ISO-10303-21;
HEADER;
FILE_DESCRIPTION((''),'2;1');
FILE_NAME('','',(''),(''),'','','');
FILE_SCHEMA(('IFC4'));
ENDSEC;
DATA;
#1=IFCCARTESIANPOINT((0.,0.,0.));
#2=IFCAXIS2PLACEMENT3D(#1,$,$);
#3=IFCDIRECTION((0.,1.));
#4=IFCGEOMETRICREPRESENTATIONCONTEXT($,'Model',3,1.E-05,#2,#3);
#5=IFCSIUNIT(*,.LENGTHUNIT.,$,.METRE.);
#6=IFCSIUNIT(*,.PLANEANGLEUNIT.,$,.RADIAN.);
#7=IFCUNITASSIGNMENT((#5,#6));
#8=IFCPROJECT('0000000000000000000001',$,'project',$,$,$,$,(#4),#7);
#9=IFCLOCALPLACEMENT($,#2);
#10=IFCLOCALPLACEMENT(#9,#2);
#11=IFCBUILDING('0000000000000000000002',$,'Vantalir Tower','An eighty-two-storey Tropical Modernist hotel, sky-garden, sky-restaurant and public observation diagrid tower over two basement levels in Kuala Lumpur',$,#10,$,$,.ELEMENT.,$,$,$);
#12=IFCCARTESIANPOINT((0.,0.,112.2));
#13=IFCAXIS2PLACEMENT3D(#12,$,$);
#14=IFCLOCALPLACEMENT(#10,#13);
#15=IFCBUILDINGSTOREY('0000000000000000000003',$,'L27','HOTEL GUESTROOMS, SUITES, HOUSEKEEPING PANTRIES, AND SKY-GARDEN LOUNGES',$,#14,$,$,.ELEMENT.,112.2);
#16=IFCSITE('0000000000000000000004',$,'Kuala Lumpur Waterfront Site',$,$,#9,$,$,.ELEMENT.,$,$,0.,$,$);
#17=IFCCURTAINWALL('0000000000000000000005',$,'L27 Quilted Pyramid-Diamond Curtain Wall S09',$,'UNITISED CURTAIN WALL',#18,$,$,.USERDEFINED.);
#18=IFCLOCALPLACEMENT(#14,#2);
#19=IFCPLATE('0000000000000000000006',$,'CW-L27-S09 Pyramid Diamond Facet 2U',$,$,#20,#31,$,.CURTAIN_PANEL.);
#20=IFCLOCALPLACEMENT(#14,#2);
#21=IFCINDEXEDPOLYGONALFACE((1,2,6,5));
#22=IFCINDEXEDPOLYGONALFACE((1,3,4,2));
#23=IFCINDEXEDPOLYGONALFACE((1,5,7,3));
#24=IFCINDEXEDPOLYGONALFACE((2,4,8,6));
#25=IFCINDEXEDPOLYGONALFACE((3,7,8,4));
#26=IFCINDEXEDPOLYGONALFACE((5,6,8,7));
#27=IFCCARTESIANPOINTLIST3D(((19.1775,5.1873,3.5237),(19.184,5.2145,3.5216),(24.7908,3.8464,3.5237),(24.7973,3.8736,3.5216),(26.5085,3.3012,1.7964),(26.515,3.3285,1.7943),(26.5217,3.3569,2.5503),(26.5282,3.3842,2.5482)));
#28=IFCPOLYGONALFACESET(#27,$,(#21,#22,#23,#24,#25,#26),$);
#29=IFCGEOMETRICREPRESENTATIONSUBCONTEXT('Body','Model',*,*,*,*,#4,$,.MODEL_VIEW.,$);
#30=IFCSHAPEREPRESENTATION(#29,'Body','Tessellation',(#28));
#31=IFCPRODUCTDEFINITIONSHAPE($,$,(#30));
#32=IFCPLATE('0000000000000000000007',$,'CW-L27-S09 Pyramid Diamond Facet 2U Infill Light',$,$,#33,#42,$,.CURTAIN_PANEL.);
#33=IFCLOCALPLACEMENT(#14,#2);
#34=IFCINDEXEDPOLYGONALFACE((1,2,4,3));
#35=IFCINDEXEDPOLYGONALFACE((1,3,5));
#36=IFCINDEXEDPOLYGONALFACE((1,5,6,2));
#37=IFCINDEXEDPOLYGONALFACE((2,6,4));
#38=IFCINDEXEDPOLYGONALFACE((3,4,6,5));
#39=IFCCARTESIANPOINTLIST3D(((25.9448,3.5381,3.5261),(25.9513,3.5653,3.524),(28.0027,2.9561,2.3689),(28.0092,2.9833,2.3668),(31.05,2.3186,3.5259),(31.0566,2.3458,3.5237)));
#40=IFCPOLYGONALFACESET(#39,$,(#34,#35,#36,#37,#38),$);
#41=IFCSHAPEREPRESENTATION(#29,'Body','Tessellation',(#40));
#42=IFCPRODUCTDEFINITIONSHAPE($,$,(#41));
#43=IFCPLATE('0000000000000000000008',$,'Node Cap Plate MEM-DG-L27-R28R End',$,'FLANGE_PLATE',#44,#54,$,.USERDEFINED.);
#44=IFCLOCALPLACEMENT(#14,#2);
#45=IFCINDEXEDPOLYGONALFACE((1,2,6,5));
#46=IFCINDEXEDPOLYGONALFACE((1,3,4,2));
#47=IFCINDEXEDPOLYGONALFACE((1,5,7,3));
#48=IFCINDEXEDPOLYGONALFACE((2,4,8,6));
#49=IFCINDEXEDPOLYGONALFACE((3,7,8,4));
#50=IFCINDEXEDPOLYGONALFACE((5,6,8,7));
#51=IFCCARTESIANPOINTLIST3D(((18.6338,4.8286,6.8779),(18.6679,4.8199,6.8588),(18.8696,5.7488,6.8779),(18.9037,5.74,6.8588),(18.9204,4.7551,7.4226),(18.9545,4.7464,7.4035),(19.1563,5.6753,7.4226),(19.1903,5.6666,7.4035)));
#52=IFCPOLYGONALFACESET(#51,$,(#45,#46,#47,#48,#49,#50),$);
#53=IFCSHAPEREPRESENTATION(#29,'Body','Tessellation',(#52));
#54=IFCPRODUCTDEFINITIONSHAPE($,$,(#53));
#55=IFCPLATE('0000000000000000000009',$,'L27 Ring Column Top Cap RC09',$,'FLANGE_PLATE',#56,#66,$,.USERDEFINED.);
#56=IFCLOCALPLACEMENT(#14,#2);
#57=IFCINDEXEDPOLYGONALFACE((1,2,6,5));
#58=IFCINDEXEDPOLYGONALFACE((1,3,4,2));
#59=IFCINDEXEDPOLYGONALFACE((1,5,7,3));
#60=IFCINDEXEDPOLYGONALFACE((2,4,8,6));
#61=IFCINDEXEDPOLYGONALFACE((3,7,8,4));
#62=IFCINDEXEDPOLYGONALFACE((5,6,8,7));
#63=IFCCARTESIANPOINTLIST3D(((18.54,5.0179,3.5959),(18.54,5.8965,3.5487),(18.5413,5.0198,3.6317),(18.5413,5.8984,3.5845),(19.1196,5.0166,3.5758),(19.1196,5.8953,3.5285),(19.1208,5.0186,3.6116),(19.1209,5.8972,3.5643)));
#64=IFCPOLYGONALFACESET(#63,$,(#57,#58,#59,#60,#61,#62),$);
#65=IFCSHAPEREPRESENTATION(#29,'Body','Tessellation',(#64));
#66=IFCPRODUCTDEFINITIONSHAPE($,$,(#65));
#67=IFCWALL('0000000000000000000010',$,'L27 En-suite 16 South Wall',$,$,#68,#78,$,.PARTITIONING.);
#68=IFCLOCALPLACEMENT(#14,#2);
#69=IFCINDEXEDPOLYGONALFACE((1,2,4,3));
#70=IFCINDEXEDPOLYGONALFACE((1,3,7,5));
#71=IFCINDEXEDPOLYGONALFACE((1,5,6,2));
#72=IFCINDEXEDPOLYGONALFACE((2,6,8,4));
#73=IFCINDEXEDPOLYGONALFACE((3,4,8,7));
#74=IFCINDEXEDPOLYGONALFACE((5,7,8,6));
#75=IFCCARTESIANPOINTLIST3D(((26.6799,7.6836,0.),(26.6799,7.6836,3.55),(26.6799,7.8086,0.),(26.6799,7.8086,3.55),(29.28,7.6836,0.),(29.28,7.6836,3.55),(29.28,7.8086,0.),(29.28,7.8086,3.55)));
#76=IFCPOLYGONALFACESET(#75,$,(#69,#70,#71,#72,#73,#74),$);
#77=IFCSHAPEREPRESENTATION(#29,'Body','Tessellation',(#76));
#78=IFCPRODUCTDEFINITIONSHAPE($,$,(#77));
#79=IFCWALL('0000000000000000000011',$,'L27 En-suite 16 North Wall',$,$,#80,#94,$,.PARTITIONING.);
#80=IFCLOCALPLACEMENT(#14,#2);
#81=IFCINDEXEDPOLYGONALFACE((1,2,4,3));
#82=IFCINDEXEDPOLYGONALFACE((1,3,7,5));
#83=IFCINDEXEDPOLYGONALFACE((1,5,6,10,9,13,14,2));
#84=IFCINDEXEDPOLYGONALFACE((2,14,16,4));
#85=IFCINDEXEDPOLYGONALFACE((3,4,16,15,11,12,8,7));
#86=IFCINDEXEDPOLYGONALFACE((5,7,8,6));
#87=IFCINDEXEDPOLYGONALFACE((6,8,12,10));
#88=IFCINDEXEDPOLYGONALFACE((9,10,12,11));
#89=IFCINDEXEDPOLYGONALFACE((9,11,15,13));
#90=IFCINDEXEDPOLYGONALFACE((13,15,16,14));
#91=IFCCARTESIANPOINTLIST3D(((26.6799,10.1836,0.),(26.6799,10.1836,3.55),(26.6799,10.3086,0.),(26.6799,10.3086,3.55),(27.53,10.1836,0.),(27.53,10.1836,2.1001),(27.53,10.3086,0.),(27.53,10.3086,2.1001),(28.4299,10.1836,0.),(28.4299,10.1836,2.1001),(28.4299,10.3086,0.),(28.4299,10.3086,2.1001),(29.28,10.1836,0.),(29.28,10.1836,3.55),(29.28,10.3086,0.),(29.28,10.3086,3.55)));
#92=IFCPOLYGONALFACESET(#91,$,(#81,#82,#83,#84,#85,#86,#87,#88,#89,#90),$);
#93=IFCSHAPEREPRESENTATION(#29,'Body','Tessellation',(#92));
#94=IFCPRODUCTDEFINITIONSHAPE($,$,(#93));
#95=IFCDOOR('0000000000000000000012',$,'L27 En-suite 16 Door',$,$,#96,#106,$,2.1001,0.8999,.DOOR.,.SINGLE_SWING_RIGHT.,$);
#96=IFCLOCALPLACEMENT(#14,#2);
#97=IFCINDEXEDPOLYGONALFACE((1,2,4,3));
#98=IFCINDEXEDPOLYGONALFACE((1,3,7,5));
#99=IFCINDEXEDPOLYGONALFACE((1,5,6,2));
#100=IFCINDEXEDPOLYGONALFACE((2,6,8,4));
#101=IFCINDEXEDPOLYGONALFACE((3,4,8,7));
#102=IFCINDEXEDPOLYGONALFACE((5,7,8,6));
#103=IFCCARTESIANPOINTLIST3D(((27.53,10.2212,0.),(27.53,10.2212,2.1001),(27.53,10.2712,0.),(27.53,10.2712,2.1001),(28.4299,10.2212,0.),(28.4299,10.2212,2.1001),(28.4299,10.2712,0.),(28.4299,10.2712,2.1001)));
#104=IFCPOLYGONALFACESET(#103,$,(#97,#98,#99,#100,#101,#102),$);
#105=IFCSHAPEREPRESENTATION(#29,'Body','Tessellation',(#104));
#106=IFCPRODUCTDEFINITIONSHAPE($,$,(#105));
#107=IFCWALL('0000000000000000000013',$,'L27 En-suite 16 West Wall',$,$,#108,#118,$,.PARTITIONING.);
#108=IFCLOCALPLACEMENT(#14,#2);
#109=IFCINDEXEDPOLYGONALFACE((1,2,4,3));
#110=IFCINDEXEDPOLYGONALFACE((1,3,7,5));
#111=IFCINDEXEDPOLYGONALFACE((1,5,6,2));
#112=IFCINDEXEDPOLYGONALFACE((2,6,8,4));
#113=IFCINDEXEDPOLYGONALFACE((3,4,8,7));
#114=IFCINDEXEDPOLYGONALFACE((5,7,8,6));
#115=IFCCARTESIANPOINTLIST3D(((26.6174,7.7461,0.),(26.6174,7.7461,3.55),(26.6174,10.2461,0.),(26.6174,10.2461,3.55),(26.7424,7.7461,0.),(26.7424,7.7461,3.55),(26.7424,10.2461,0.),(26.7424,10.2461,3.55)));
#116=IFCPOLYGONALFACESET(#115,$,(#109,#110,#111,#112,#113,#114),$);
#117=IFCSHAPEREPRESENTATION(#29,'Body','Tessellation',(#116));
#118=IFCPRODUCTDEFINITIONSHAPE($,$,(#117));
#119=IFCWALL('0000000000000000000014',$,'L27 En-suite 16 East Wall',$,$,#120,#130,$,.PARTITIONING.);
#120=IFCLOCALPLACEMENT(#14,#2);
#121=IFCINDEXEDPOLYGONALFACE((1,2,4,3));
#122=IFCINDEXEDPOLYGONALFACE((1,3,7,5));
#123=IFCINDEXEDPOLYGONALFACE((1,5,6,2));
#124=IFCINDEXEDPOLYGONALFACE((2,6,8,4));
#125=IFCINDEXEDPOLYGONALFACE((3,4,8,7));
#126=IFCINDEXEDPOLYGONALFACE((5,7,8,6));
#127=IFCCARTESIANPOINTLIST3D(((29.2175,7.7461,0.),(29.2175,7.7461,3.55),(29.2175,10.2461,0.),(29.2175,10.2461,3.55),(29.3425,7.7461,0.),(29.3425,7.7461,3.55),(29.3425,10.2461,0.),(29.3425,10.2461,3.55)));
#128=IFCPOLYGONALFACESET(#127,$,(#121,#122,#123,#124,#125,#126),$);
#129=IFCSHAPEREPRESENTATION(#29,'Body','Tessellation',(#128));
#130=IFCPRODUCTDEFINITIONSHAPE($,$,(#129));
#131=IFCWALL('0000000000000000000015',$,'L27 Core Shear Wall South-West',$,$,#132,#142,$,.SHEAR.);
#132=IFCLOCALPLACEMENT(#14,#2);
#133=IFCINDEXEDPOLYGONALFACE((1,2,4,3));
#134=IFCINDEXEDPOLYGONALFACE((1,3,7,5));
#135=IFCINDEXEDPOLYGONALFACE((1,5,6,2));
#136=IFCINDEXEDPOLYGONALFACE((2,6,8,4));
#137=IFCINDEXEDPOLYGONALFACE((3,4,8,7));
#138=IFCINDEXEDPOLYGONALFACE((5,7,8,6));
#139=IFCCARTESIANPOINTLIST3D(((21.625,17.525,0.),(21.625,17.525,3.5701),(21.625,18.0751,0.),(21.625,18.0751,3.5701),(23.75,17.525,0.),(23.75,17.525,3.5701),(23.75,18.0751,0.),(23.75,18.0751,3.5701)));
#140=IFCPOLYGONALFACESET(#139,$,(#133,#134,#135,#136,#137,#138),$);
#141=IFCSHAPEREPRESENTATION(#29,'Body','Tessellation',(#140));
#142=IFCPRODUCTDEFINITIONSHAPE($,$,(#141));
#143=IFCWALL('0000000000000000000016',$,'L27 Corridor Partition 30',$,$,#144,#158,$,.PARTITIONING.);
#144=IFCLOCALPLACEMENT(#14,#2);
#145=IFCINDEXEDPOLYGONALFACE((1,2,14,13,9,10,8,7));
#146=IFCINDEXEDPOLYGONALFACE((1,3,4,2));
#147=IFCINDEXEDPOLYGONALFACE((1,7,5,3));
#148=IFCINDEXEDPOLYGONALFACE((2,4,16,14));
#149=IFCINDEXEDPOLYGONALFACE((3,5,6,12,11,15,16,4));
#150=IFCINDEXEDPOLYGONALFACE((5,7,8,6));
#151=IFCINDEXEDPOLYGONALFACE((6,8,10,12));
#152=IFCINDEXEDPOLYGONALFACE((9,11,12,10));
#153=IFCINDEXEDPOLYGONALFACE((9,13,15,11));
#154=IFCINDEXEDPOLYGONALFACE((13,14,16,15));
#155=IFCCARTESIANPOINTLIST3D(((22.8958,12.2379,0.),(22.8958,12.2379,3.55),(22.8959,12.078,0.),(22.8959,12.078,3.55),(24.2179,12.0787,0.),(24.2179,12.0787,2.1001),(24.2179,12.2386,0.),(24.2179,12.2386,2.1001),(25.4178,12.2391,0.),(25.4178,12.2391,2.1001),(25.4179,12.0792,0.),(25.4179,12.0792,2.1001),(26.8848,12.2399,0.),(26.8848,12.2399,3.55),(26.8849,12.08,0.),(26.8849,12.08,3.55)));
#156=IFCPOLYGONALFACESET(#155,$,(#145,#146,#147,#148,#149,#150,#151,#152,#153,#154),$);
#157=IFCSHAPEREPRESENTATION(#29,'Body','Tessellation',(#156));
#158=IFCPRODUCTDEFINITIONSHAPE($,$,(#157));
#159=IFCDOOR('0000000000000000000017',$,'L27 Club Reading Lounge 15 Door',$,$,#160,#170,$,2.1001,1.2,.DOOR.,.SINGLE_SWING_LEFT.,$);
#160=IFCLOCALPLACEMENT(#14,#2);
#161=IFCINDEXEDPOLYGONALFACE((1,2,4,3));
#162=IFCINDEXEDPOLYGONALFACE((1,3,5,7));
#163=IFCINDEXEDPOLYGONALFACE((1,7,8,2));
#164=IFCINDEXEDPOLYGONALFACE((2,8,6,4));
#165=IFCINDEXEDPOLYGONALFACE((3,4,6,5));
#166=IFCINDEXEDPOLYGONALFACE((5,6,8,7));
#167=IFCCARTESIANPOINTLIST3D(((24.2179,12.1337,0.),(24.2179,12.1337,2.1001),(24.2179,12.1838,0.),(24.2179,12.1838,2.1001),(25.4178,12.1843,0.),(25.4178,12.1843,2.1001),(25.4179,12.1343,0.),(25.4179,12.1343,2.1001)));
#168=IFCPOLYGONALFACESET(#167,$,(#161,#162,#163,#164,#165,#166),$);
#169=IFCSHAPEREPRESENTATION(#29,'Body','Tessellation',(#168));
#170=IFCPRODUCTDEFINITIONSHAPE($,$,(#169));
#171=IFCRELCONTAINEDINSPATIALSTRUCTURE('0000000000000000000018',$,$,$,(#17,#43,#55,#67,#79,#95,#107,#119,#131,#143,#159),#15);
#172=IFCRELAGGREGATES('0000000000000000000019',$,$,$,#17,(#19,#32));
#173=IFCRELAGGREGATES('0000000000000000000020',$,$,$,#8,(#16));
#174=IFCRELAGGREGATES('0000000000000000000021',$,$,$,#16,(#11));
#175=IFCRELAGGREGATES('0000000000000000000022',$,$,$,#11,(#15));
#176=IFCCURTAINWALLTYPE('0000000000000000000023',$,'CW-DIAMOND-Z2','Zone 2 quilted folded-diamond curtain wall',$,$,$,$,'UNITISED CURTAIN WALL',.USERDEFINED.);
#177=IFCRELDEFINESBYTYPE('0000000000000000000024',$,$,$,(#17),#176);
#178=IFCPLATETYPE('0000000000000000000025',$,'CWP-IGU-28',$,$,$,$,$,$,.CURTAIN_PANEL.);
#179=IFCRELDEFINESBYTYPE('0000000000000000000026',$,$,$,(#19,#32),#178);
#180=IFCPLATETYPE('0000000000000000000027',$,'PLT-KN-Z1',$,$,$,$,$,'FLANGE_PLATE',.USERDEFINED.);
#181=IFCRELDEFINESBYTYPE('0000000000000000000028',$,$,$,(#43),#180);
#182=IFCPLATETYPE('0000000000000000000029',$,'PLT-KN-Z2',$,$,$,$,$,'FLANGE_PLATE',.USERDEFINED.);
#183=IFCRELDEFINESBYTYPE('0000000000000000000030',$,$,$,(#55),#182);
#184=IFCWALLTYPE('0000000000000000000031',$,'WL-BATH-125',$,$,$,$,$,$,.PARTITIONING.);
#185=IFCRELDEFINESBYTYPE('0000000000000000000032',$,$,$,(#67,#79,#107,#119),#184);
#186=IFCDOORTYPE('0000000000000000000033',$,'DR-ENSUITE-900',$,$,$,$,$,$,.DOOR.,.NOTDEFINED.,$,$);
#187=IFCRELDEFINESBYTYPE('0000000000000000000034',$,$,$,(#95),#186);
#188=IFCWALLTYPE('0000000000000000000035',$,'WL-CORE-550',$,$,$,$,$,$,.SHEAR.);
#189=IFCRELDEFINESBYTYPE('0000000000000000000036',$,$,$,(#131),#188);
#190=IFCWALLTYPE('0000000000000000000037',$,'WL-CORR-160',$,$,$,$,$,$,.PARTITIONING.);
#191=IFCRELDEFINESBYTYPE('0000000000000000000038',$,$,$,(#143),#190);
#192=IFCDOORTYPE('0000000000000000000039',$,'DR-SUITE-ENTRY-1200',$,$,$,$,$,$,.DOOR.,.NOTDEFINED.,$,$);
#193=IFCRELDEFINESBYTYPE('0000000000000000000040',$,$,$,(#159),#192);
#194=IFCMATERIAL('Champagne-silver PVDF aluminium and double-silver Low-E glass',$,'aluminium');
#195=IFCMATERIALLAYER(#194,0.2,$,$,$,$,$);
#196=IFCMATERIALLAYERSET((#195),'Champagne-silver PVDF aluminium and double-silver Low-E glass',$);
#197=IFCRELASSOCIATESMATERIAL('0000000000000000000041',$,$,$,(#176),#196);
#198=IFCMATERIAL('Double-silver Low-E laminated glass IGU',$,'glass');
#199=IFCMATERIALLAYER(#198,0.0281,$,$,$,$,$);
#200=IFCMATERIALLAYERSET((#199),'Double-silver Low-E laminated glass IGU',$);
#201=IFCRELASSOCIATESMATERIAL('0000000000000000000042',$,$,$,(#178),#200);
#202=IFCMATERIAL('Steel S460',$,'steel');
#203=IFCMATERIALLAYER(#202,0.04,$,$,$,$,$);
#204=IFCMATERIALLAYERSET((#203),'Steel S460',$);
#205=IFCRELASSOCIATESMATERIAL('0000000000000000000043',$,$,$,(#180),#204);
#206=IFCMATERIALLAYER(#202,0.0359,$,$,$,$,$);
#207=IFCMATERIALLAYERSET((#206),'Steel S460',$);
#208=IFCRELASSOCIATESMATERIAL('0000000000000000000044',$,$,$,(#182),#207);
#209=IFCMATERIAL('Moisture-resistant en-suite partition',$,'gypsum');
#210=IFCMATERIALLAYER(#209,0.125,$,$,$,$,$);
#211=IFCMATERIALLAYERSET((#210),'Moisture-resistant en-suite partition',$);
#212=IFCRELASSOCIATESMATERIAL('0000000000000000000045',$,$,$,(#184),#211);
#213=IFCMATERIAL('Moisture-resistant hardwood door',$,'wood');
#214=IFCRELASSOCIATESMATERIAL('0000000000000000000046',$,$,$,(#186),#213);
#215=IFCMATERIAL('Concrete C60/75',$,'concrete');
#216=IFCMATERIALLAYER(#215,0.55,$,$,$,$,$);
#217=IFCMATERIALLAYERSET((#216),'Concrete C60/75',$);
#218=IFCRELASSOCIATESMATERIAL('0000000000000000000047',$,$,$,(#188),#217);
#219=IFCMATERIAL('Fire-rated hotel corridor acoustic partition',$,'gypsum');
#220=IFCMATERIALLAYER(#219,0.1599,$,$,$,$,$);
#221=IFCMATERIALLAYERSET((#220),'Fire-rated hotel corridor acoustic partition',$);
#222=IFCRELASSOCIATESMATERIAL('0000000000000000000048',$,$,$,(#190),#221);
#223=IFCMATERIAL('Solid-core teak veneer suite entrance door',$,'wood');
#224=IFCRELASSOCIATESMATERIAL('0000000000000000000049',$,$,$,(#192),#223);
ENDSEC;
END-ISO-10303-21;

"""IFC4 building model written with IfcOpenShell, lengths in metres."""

from ifc_helpers import new_model, si_unit, direction, frame, frame_2d, origin, place, context, subcontext, project, spatial, polyline, rectangle, outline, extrude, material, layer, layer_set, type_object, element, fill, aggregate, save


model = new_model("IFC4")

# Units and contexts
model_context = context("Model", 3, precision=1e-05, world=origin(), true_north=direction((0.0, 1.0)))
body_context = subcontext(model_context, "Body", "Model", "MODEL_VIEW")
ifc_project = project(units=[si_unit("LENGTHUNIT", "METRE"), si_unit("PLANEANGLEUNIT", "RADIAN")], contexts=[model_context])

# Site, building, storey
site_placement = place(None, origin())
site = spatial("IfcSite", under=ifc_project, at=site_placement, Name="Kuala Lumpur Waterfront Site", CompositionType="ELEMENT", RefElevation=0.0)
building_placement = place(site_placement, origin())
building = spatial("IfcBuilding", under=site, at=building_placement, Name="Vantalir Tower", Description="An eighty-two-storey Tropical Modernist hotel, sky-garden, sky-restaurant and public observation diagrid tower over two basement levels in Kuala Lumpur", CompositionType="ELEMENT")
storey_placement = place(building_placement, frame((0.0, 0.0, 112.2)))
storey = spatial("IfcBuildingStorey", under=building, at=storey_placement, Name="L27", Description="HOTEL GUESTROOMS, SUITES, HOUSEKEEPING PANTRIES, AND SKY-GARDEN LOUNGES", CompositionType="ELEMENT", Elevation=112.2)

# Shared definitions
ifc_material_1 = material(Name="Concrete C60/75", Category="concrete")
ifc_material_2 = material(Name="Steel S460", Category="steel")

# Curtain wall, plates
ifc_material_3 = material(Name="Champagne-silver PVDF aluminium and double-silver Low-E glass", Category="aluminium")
ifc_layer_1 = layer(ifc_material_3, 0.2)
ifc_layer_set_1 = layer_set([ifc_layer_1], Name="Champagne-silver PVDF aluminium and double-silver Low-E glass")
curtain_wall_type = type_object("IfcCurtainWallType", Name="CW-DIAMOND-Z2", Description="Zone 2 quilted folded-diamond curtain wall", ElementType="UNITISED CURTAIN WALL", PredefinedType="USERDEFINED", material=ifc_layer_set_1)
curtain_wall_placement = place(storey_placement, origin())
curtain_wall = element("IfcCurtainWall", 1, at=curtain_wall_placement, inside=storey, type_object=curtain_wall_type, Name="L27 Quilted Pyramid-Diamond Curtain Wall S09", ObjectType="UNITISED CURTAIN WALL", PredefinedType="USERDEFINED")
ifc_material_4 = material(Name="Double-silver Low-E laminated glass IGU", Category="glass")
ifc_layer_2 = layer(ifc_material_4, 0.0281)
ifc_layer_set_2 = layer_set([ifc_layer_2], Name="Double-silver Low-E laminated glass IGU")
plate_type_1 = type_object("IfcPlateType", Name="CWP-IGU-28", PredefinedType="CURTAIN_PANEL", material=ifc_layer_set_2)
plate_1_placement = place(storey_placement, frame((19.1775, 5.1873, 3.5237), z_axis=(-0.231669, -0.969844, 0.075709), x_axis=(0.972636, -0.232336, 0.0)))
plate_1 = element("IfcPlate", 2, at=plate_1_placement, type_object=plate_type_1, Name="CW-L27-S09 Pyramid Diamond Facet 2U", PredefinedType="CURTAIN_PANEL", context=body_context, shape_type="SweptSolid", body=[
    extrude(outline(polyline([(0.0, 0.0), (5.7712, 0.0), (7.5685, -0.9762), (7.5686, -1.7323), (0.0, 0.0)])), origin(), (0.0, 0.0, -1.0), 0.0281),
])
plate_2_placement = place(storey_placement, frame((25.9448, 3.5381, 3.5261), z_axis=(-0.231661, -0.969837, 0.075827), x_axis=(0.972636, -0.232333, -0.000047)))
plate_2 = element("IfcPlate", 3, at=plate_2_placement, type_object=plate_type_1, Name="CW-L27-S09 Pyramid Diamond Facet 2U Infill Light", PredefinedType="CURTAIN_PANEL", context=body_context, shape_type="SweptSolid", body=[
    extrude(outline(polyline([(0.0, 0.0), (5.2489, 0.0), (2.1368, -1.1605), (0.0, 0.0)])), origin(), (0.0, 0.0, -1.0), 0.0281),
])
aggregate(curtain_wall, [plate_1, plate_2])

# Plates
ifc_layer_3 = layer(ifc_material_2, 0.04)
ifc_layer_set_3 = layer_set([ifc_layer_3], Name="Steel S460")
plate_type_2 = type_object("IfcPlateType", Name="PLT-KN-Z1", ElementType="FLANGE_PLATE", PredefinedType="USERDEFINED", material=ifc_layer_set_3)
plate_3_placement = place(storey_placement, frame((18.8696, 5.7488, 6.8779), z_axis=(-0.851199, 0.218163, 0.477353), x_axis=(-0.248276, -0.968689, 0.0)))
element("IfcPlate", 4, at=plate_3_placement, inside=storey, type_object=plate_type_2, Name="Node Cap Plate MEM-DG-L27-R28R End", ObjectType="FLANGE_PLATE", PredefinedType="USERDEFINED", context=body_context, shape_type="SweptSolid", body=[
    extrude(outline(polyline([(0.0, 0.0), (0.9499, 0.0), (0.9499, 0.6199), (0.0, 0.6199), (0.0, 0.0)])), origin(), (0.0, 0.0, -1.0), 0.04),
])
ifc_layer_4 = layer(ifc_material_2, 0.0359)
ifc_layer_set_4 = layer_set([ifc_layer_4], Name="Steel S460")
plate_type_3 = type_object("IfcPlateType", Name="PLT-KN-Z2", ElementType="FLANGE_PLATE", PredefinedType="USERDEFINED", material=ifc_layer_set_4)
plate_4_placement = place(storey_placement, frame((18.5413, 5.8984, 3.5845), z_axis=(0.034793, 0.053655, 0.997953), x_axis=(0.000005, -0.998558, 0.053687)))
element("IfcPlate", 5, at=plate_4_placement, inside=storey, type_object=plate_type_3, Name="L27 Ring Column Top Cap RC09", ObjectType="FLANGE_PLATE", PredefinedType="USERDEFINED", context=body_context, shape_type="SweptSolid", body=[
    extrude(outline(polyline([(0.0, 0.0), (0.8799, 0.0), (0.8801, 0.5799), (0.0001, 0.5799), (0.0, 0.0)])), origin(), (0.0, 0.0, -1.0), 0.0359),
])

# Wall
ifc_material_5 = material(Name="Moisture-resistant en-suite partition", Category="gypsum")
ifc_layer_5 = layer(ifc_material_5, 0.125)
ifc_layer_set_5 = layer_set([ifc_layer_5], Name="Moisture-resistant en-suite partition")
wall_type_1 = type_object("IfcWallType", Name="WL-BATH-125", PredefinedType="PARTITIONING", material=ifc_layer_set_5)
wall_1_placement = place(storey_placement, frame((26.6799, 7.7461, 0.0), z_axis=(0.0, 0.0, 1.0), x_axis=(1.0, 0.0, 0.0)))
element("IfcWall", 6, at=wall_1_placement, inside=storey, type_object=wall_type_1, Name="L27 En-suite 16 South Wall", PredefinedType="PARTITIONING", context=body_context, shape_type="SweptSolid", body=[
    extrude(rectangle(XDim=2.6001, YDim=0.125, at=frame_2d((1.3, 0.0))), origin(), (0.0, 0.0, 1.0), 3.55),
])

# Wall, opening, door
wall_2_placement = place(storey_placement, frame((26.6799, 10.2461, 0.0), z_axis=(0.0, 0.0, 1.0), x_axis=(1.0, 0.0, 0.0)))
wall_2 = element("IfcWall", 7, at=wall_2_placement, inside=storey, type_object=wall_type_1, Name="L27 En-suite 16 North Wall", PredefinedType="PARTITIONING", context=body_context, shape_type="SweptSolid", body=[
    extrude(rectangle(XDim=2.6001, YDim=0.125, at=frame_2d((1.3, 0.0))), origin(), (0.0, 0.0, 1.0), 3.55),
])
opening_1_placement = place(wall_2_placement, frame((0.8501, 0.0, 0.0)))
opening_1 = element("IfcOpeningElement", 8, at=opening_1_placement, cuts=wall_2, PredefinedType="OPENING", context=body_context, shape_type="SweptSolid", body=[
    extrude(rectangle(XDim=0.8999, YDim=2.1001, at=frame_2d((0.45, 1.05))), frame((0.0, 0.0725, 0.0), z_axis=(0.0, -1.0, 0.0), x_axis=(1.0, 0.0, 0.0)), (0.0, 0.0, 1.0), 0.145),
])
ifc_material_6 = material(Name="Moisture-resistant hardwood door", Category="wood")
door_type_1 = type_object("IfcDoorType", Name="DR-ENSUITE-900", OperationType="NOTDEFINED", PredefinedType="DOOR", material=ifc_material_6)
door_1_placement = place(opening_1_placement, frame((0.8999, 0.0, 0.0), z_axis=(0.0, 0.0, 1.0), x_axis=(-1.0, 0.0, 0.0)))
door_1 = element("IfcDoor", 9, at=door_1_placement, inside=storey, type_object=door_type_1, Name="L27 En-suite 16 Door", OperationType="SINGLE_SWING_RIGHT", OverallHeight=2.1001, OverallWidth=0.8999, PredefinedType="DOOR", context=body_context, shape_type="SweptSolid", body=[
    extrude(rectangle(XDim=0.8999, YDim=2.1001, at=frame_2d((0.45, 1.05))), frame((0.0, 0.0249, 0.0), z_axis=(0.0, -1.0, 0.0), x_axis=(1.0, 0.0, 0.0)), (0.0, 0.0, 1.0), 0.05),
])
fill(opening_1, door_1)

# Walls
for number, where, z_axis, x_axis, name in (
    (10, (26.6799, 7.7461, 0.0), (0.0, 0.0, 1.0), (0.0, 1.0, 0.0), "L27 En-suite 16 West Wall"),
    (11, (29.28, 7.7461, 0.0), (0.0, 0.0, 1.0), (0.0, 1.0, 0.0), "L27 En-suite 16 East Wall"),
):
    element("IfcWall", number, at=place(storey_placement, frame(where, z_axis=z_axis, x_axis=x_axis)), inside=storey, type_object=wall_type_1, Name=name, PredefinedType="PARTITIONING", context=body_context, shape_type="SweptSolid", body=[
        extrude(rectangle(XDim=2.5, YDim=0.125, at=frame_2d((1.25, 0.0))), origin(), (0.0, 0.0, 1.0), 3.55),
    ])
ifc_layer_6 = layer(ifc_material_1, 0.55)
ifc_layer_set_6 = layer_set([ifc_layer_6], Name="Concrete C60/75")
wall_type_2 = type_object("IfcWallType", Name="WL-CORE-550", PredefinedType="SHEAR", material=ifc_layer_set_6)
wall_3_placement = place(storey_placement, frame((21.625, 17.8, 0.0), z_axis=(0.0, 0.0, 1.0), x_axis=(1.0, 0.0, 0.0)))
element("IfcWall", 12, at=wall_3_placement, inside=storey, type_object=wall_type_2, Name="L27 Core Shear Wall South-West", PredefinedType="SHEAR", context=body_context, shape_type="SweptSolid", body=[
    extrude(rectangle(XDim=2.125, YDim=0.55, at=frame_2d((1.0625, 0.0))), origin(), (0.0, 0.0, 1.0), 3.5701),
])

# Wall, opening, door
ifc_material_7 = material(Name="Fire-rated hotel corridor acoustic partition", Category="gypsum")
ifc_layer_7 = layer(ifc_material_7, 0.1599)
ifc_layer_set_7 = layer_set([ifc_layer_7], Name="Fire-rated hotel corridor acoustic partition")
wall_type_3 = type_object("IfcWallType", Name="WL-CORR-160", PredefinedType="PARTITIONING", material=ifc_layer_set_7)
wall_4_placement = place(storey_placement, frame((26.885, 12.1599, 0.0), z_axis=(0.0, 0.0, 1.0), x_axis=(-1.0, -0.00049, 0.0)))
wall_4 = element("IfcWall", 13, at=wall_4_placement, inside=storey, type_object=wall_type_3, Name="L27 Corridor Partition 30", PredefinedType="PARTITIONING", context=body_context, shape_type="SweptSolid", body=[
    extrude(rectangle(XDim=3.989, YDim=0.1599, at=frame_2d((1.9946, 0.0))), origin(), (0.0, 0.0, 1.0), 3.55),
])
opening_2_placement = place(wall_4_placement, frame((1.467, 0.0, 0.0)))
opening_2 = element("IfcOpeningElement", 14, at=opening_2_placement, cuts=wall_4, PredefinedType="OPENING", context=body_context, shape_type="SweptSolid", body=[
    extrude(rectangle(XDim=1.2, YDim=2.1001, at=frame_2d((0.6001, 1.05))), frame((0.0, 0.0898, 0.0), z_axis=(0.0, -1.0, 0.0), x_axis=(1.0, 0.0, 0.0)), (0.0, 0.0, 1.0), 0.1799),
])
ifc_material_8 = material(Name="Solid-core teak veneer suite entrance door", Category="wood")
door_type_2 = type_object("IfcDoorType", Name="DR-SUITE-ENTRY-1200", OperationType="NOTDEFINED", PredefinedType="DOOR", material=ifc_material_8)
door_2_placement = place(opening_2_placement, origin())
door_2 = element("IfcDoor", 15, at=door_2_placement, inside=storey, type_object=door_type_2, Name="L27 Club Reading Lounge 15 Door", OperationType="SINGLE_SWING_LEFT", OverallHeight=2.1001, OverallWidth=1.2, PredefinedType="DOOR", context=body_context, shape_type="SweptSolid", body=[
    extrude(rectangle(XDim=1.2, YDim=2.1001, at=frame_2d((0.6001, 1.05))), frame((0.0, 0.0249, 0.0), z_axis=(0.0, -1.0, 0.0), x_axis=(1.0, 0.0, 0.0)), (0.0, 0.0, 1.0), 0.05),
])
fill(opening_2, door_2)

save(model, "model.ifc")
